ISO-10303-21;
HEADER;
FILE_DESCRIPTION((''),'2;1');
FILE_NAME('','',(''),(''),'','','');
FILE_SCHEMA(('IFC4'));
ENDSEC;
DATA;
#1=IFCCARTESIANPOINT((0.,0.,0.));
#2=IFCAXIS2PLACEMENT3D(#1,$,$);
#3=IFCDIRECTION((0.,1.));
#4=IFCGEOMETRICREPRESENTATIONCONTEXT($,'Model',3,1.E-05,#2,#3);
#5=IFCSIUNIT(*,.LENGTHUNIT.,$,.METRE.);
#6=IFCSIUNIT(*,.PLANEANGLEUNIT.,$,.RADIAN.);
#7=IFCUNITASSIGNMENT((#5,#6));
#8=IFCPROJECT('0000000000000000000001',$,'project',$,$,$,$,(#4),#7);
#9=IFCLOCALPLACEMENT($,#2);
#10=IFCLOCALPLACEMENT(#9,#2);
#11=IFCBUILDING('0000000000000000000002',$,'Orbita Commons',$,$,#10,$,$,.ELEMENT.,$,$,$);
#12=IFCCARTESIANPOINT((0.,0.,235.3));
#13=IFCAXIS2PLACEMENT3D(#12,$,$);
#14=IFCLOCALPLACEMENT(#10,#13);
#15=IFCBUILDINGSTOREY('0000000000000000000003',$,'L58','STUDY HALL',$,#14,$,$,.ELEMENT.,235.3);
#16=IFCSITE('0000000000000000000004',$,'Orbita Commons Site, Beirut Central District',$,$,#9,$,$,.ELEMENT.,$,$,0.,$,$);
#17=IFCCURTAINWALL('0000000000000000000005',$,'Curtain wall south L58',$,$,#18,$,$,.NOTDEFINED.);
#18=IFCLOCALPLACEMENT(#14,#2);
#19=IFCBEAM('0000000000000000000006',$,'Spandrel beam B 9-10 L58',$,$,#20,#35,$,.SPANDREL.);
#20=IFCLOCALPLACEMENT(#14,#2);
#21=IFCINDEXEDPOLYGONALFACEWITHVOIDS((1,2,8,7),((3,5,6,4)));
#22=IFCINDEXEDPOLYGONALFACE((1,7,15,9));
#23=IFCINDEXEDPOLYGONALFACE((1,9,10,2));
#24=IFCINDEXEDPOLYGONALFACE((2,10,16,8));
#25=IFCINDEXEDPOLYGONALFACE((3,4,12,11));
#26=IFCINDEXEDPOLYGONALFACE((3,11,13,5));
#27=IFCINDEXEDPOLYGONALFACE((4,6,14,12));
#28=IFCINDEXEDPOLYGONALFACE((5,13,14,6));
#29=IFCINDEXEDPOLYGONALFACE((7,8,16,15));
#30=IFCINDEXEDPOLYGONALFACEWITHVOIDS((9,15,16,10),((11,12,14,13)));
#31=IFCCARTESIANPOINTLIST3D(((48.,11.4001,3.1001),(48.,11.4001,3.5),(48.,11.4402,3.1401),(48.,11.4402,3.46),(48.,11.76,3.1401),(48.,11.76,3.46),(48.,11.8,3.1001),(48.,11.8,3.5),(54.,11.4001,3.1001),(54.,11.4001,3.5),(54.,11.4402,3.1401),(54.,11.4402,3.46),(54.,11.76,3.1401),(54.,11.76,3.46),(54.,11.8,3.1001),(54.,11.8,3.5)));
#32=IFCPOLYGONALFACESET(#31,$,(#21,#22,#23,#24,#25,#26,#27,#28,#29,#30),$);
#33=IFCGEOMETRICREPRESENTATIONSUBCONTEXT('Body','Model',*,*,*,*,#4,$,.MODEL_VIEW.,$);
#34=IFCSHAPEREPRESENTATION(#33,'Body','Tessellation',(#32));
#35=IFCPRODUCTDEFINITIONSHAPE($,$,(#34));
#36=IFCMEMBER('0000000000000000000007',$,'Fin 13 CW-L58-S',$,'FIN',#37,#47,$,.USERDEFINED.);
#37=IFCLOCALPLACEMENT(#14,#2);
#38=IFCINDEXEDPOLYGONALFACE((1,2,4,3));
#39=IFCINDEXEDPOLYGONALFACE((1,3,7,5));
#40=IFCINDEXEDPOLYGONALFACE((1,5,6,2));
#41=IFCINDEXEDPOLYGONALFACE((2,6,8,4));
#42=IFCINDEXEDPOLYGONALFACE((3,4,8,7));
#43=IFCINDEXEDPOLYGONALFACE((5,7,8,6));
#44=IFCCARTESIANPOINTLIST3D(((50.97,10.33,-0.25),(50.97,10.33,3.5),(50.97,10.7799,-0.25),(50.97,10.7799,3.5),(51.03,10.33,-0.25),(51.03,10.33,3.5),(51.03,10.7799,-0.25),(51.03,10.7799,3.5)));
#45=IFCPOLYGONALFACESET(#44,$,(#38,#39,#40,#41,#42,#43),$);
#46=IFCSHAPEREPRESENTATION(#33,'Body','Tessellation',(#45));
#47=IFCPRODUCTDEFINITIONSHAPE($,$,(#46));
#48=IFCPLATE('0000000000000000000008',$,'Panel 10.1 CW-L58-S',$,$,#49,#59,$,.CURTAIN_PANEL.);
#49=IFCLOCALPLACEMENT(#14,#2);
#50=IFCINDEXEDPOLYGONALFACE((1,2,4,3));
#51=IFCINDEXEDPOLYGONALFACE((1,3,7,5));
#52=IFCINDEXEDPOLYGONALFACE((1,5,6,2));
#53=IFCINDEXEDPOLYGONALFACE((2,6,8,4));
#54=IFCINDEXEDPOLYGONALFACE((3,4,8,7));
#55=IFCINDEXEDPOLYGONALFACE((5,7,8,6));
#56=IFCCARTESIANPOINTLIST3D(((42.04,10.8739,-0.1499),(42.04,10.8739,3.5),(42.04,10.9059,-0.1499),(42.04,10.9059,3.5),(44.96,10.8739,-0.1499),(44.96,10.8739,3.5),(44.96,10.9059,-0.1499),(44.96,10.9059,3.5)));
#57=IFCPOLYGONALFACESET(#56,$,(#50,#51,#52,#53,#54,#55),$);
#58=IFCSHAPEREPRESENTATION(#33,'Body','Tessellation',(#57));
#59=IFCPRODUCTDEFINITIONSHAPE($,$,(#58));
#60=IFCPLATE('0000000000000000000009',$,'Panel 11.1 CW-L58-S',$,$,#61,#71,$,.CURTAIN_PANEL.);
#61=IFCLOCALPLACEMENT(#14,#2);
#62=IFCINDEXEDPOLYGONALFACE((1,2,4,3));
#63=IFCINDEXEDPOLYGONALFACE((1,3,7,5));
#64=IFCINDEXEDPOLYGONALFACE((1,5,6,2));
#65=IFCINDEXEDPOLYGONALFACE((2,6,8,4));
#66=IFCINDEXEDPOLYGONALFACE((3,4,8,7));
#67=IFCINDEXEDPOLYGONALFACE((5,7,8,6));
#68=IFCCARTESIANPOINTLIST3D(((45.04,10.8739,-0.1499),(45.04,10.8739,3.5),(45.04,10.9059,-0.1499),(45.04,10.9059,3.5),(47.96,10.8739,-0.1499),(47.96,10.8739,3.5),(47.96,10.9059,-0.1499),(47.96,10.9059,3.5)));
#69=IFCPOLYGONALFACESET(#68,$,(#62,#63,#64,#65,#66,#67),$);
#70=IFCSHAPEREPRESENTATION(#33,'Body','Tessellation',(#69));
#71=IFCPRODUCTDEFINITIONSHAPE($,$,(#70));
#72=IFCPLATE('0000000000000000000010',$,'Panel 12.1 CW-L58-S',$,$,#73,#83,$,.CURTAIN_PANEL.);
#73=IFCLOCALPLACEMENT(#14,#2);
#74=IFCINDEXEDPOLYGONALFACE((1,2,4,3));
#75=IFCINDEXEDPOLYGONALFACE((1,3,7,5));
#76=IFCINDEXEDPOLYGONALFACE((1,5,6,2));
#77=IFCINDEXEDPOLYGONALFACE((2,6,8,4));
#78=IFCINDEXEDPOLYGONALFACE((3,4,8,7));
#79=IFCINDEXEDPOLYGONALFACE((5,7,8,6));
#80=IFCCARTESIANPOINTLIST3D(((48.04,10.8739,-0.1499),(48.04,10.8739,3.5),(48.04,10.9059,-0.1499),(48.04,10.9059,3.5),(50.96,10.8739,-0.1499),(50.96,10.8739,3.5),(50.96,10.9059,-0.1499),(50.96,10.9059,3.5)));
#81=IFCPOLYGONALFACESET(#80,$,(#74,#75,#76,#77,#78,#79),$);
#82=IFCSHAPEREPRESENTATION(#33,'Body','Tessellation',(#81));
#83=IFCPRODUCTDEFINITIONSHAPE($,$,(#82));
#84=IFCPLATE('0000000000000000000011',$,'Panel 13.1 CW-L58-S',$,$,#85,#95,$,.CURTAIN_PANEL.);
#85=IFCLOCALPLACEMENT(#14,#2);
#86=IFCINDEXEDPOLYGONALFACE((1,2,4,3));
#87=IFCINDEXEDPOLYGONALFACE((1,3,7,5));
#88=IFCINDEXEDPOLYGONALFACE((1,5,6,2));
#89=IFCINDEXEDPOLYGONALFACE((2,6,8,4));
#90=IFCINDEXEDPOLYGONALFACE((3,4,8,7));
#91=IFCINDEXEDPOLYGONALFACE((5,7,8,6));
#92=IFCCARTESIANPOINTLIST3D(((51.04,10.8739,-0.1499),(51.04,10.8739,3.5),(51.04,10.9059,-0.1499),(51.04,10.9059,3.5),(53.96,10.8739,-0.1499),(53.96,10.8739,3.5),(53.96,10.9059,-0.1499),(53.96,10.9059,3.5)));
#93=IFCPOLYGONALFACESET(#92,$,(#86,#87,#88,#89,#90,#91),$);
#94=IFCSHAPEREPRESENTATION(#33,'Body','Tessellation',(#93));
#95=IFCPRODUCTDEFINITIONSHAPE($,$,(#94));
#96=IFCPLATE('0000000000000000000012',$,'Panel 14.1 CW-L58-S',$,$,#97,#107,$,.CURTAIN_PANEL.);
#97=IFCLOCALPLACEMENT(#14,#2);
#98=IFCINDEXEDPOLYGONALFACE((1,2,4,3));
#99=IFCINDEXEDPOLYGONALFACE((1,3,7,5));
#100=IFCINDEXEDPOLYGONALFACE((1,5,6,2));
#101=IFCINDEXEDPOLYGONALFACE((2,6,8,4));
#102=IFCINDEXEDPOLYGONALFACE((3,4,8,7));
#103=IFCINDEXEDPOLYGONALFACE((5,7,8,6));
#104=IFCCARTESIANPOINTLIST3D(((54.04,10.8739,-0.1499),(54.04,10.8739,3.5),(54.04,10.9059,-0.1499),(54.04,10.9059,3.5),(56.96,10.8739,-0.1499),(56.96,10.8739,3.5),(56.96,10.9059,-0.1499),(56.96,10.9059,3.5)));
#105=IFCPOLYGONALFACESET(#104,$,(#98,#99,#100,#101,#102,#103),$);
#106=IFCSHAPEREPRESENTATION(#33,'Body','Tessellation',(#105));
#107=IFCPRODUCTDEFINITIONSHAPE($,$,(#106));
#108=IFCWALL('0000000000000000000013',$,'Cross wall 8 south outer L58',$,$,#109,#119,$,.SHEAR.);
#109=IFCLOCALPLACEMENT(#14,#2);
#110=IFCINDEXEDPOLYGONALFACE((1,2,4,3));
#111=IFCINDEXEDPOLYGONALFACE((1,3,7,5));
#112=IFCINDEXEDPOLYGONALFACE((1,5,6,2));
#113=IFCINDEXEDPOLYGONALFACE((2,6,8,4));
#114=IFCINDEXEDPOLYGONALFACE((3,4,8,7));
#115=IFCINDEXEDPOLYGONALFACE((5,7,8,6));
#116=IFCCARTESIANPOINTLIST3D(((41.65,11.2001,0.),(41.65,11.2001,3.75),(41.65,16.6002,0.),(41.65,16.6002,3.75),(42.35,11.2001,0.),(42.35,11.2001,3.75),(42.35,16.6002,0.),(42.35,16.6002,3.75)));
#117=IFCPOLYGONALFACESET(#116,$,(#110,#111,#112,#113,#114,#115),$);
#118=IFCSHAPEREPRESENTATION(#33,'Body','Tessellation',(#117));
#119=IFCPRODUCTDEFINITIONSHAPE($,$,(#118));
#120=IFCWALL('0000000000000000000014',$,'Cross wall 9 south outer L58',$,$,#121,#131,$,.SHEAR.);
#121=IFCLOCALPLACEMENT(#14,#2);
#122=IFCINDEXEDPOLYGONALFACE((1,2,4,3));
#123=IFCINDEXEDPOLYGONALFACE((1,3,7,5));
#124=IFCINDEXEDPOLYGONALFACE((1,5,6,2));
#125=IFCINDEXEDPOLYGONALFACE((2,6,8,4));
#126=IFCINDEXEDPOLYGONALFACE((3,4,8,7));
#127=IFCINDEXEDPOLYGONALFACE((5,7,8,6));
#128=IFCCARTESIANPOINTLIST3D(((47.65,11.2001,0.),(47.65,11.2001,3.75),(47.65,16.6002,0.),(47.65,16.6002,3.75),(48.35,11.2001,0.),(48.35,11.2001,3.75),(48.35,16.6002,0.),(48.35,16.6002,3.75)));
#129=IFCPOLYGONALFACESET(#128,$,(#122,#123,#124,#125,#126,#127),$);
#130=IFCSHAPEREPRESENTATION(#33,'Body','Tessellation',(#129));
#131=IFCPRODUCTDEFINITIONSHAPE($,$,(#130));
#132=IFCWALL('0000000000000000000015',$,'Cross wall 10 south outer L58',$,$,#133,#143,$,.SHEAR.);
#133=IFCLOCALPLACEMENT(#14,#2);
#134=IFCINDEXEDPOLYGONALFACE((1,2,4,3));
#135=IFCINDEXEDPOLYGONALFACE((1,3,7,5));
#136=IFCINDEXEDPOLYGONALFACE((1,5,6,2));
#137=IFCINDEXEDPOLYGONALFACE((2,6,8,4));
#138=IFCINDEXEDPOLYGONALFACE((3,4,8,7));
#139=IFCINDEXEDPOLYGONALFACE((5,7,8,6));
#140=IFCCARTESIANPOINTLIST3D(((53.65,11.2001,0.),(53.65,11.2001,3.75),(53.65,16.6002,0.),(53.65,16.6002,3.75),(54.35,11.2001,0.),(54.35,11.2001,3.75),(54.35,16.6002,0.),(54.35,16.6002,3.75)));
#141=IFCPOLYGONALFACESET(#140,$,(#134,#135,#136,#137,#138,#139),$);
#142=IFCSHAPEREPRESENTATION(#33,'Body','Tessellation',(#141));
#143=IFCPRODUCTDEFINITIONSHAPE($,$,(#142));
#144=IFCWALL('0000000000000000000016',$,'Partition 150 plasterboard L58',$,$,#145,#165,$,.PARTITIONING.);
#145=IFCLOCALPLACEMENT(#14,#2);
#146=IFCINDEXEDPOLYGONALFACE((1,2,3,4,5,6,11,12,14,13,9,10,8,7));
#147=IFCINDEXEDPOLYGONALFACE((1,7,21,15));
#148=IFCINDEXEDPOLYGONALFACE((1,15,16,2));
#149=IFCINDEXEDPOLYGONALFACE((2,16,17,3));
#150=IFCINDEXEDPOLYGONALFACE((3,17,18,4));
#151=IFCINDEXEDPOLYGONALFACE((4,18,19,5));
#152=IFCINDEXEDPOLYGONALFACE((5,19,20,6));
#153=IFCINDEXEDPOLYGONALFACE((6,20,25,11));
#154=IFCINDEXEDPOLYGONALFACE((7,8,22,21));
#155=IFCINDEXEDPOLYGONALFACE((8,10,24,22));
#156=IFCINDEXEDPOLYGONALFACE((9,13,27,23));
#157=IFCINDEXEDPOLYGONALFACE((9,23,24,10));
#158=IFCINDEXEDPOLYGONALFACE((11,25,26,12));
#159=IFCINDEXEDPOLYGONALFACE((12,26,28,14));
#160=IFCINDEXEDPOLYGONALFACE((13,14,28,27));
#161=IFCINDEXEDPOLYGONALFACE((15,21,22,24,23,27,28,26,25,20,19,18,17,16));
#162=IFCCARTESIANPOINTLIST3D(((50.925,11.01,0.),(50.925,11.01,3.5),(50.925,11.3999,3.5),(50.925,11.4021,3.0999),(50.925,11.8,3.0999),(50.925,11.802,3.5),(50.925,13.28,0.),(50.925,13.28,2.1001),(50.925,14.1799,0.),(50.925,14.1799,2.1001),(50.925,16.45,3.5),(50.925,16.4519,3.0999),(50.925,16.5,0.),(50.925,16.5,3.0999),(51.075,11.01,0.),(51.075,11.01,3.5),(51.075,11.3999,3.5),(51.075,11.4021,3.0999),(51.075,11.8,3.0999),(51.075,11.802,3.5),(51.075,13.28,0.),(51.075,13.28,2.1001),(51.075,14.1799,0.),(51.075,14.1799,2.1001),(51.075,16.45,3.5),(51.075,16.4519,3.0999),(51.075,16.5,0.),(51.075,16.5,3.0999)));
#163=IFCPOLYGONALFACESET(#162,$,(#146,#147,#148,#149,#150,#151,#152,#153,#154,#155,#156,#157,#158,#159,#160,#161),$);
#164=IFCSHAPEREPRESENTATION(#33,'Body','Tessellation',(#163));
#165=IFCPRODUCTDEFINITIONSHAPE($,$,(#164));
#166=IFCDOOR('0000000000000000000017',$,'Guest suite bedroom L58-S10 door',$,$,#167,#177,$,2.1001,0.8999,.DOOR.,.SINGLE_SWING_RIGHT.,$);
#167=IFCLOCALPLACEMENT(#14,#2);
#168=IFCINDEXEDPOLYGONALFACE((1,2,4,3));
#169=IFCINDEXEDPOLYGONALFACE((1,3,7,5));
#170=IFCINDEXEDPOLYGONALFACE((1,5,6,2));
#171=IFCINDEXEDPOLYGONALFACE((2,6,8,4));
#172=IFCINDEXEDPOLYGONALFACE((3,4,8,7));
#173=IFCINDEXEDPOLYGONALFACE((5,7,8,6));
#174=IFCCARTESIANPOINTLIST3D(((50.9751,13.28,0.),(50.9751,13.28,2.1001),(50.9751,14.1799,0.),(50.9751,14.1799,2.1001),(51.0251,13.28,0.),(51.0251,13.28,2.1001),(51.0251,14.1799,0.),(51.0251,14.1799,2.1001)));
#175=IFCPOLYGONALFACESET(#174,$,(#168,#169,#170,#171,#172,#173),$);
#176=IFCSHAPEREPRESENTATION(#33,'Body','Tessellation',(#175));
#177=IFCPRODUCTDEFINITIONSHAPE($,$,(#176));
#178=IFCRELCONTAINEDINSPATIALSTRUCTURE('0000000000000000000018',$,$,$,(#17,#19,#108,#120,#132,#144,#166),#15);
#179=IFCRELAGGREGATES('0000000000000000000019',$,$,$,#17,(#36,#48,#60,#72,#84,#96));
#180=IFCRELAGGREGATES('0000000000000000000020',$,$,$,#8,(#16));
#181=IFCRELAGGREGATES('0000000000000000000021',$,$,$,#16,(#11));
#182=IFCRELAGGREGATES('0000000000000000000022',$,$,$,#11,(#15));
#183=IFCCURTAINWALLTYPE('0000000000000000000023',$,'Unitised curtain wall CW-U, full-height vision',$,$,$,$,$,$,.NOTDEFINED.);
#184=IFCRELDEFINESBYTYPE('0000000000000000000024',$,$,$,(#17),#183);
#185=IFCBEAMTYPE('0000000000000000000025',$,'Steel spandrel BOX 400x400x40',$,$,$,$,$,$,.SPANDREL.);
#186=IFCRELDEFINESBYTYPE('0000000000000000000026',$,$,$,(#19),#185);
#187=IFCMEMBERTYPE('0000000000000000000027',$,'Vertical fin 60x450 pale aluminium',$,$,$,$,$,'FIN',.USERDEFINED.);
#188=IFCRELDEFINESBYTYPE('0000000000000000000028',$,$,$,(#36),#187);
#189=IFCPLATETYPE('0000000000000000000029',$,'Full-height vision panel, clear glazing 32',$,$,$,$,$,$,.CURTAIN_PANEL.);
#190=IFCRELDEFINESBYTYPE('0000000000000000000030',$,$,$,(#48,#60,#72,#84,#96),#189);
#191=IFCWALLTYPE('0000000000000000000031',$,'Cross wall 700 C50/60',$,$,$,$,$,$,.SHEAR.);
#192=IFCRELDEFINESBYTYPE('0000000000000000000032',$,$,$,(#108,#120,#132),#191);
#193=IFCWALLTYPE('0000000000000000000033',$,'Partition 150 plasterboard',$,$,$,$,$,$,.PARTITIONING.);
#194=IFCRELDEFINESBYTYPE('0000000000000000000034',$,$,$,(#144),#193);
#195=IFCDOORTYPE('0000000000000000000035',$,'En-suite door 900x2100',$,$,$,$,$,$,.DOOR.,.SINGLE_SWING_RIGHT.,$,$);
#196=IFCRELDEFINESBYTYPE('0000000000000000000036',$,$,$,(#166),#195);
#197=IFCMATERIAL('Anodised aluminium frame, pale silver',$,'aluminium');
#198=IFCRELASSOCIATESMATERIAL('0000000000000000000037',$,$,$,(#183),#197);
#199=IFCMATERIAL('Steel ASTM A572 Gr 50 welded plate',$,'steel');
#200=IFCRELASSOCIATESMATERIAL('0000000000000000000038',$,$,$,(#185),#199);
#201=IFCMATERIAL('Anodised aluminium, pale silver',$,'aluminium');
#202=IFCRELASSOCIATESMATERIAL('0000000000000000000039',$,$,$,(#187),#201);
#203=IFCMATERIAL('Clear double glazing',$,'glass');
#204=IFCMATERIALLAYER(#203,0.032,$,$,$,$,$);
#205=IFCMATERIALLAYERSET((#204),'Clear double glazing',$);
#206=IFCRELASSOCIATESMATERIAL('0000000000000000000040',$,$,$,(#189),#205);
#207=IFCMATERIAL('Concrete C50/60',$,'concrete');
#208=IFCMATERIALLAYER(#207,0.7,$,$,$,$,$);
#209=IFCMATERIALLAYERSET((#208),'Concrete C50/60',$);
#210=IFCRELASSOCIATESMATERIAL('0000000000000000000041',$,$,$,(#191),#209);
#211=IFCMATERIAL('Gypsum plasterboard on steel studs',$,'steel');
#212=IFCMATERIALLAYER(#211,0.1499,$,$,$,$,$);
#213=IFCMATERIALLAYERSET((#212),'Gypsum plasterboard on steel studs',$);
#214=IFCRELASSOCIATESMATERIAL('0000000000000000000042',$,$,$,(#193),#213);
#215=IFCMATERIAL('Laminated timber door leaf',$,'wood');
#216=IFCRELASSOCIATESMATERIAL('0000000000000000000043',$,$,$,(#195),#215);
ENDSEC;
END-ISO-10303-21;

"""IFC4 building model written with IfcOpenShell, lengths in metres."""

from ifc_helpers import new_model, si_unit, direction, frame, frame_2d, origin, origin_2d, place, context, subcontext, project, spatial, polyline, rectangle, hollow_rectangle, outline, extrude, material, layer, layer_set, material_profile, profile_set, type_object, element, fill, aggregate, save


model = new_model("IFC4")

# Units and contexts
model_context = context("Model", 3, precision=1e-05, world=origin(), true_north=direction((0.0, 1.0)))
body_context = subcontext(model_context, "Body", "Model", "MODEL_VIEW")
ifc_project = project(units=[si_unit("LENGTHUNIT", "METRE"), si_unit("PLANEANGLEUNIT", "RADIAN")], contexts=[model_context])

# Site, building, storey
site_placement = place(None, origin())
site = spatial("IfcSite", under=ifc_project, at=site_placement, Name="Orbita Commons Site, Beirut Central District", CompositionType="ELEMENT", RefElevation=0.0)
building_placement = place(site_placement, origin())
building = spatial("IfcBuilding", under=site, at=building_placement, Name="Orbita Commons", CompositionType="ELEMENT")
storey_placement = place(building_placement, frame((0.0, 0.0, 235.3)))
storey = spatial("IfcBuildingStorey", under=building, at=storey_placement, Name="L58", Description="STUDY HALL", CompositionType="ELEMENT", Elevation=235.3)

# Curtain wall
ifc_material_1 = material(Name="Anodised aluminium frame, pale silver", Category="aluminium")
curtain_wall_type = type_object("IfcCurtainWallType", Name="Unitised curtain wall CW-U, full-height vision", PredefinedType="NOTDEFINED", material=ifc_material_1)
curtain_wall_placement = place(storey_placement, origin())
curtain_wall = element("IfcCurtainWall", 1, at=curtain_wall_placement, inside=storey, type_object=curtain_wall_type, Name="Curtain wall south L58", PredefinedType="NOTDEFINED")

# Beam
ifc_material_2 = material(Name="Steel ASTM A572 Gr 50 welded plate", Category="steel")
ifc_material_profile_1 = material_profile(ifc_material_2, hollow_rectangle(XDim=0.3999, YDim=0.3999, WallThickness=0.04, at=origin_2d()), Name="BOX 400x400x40")
ifc_profile_set_1 = profile_set([ifc_material_profile_1], Name="Steel ASTM A572 Gr 50 welded plate")
beam_type = type_object("IfcBeamType", Name="Steel spandrel BOX 400x400x40", PredefinedType="SPANDREL", material=ifc_profile_set_1)
for number, where, z_axis, x_axis, name in (
    (2, (48.0, 11.6001, 3.3), (1.0, 0.0, 0.0), (0.0, 1.0, 0.0), "Spandrel beam B 9-10 L58"),
):
    element("IfcBeam", number, at=place(storey_placement, frame(where, z_axis=z_axis, x_axis=x_axis)), inside=storey, type_object=beam_type, Name=name, PredefinedType="SPANDREL", context=body_context, shape_type="SweptSolid", body=[
        extrude(hollow_rectangle(XDim=0.3999, YDim=0.3999, WallThickness=0.04, at=origin_2d()), origin(), (0.0, 0.0, 1.0), 6.0),
    ])

# Member
ifc_material_3 = material(Name="Anodised aluminium, pale silver", Category="aluminium")
ifc_material_profile_2 = material_profile(ifc_material_3, rectangle(XDim=0.0601, YDim=0.45, at=origin_2d()), Name="FIN 60x450")
ifc_profile_set_2 = profile_set([ifc_material_profile_2], Name="Anodised aluminium, pale silver")
member_type_1 = type_object("IfcMemberType", Name="Vertical fin 60x450 pale aluminium", ElementType="FIN", PredefinedType="USERDEFINED", material=ifc_profile_set_2)
member_1_placement = place(storey_placement, frame((51.0, 10.5549, -0.25), z_axis=(0.0, 0.0, 1.0), x_axis=(1.0, 0.0, 0.0)))
member_1 = element("IfcMember", 3, at=member_1_placement, type_object=member_type_1, Name="Fin 13 CW-L58-S", ObjectType="FIN", PredefinedType="USERDEFINED", context=body_context, shape_type="SweptSolid", body=[
    extrude(rectangle(XDim=0.0601, YDim=0.45, at=origin_2d()), origin(), (0.0, 0.0, 1.0), 3.75),
])

# Plates
ifc_material_4 = material(Name="Clear double glazing", Category="glass")
ifc_layer_1 = layer(ifc_material_4, 0.032)
ifc_layer_set_1 = layer_set([ifc_layer_1], Name="Clear double glazing")
plate_type = type_object("IfcPlateType", Name="Full-height vision panel, clear glazing 32", PredefinedType="CURTAIN_PANEL", material=ifc_layer_set_1)
plate_1_placement = place(storey_placement, frame((43.5, 10.8899, -0.1499), z_axis=(0.0, 0.0, 1.0), x_axis=(1.0, 0.0, 0.0)))
plate_1 = element("IfcPlate", 4, at=plate_1_placement, type_object=plate_type, Name="Panel 10.1 CW-L58-S", PredefinedType="CURTAIN_PANEL", context=body_context, shape_type="SweptSolid", body=[
    extrude(rectangle(XDim=2.9199, YDim=0.032, at=origin_2d()), origin(), (0.0, 0.0, 1.0), 3.6499),
])
plate_2_placement = place(storey_placement, frame((46.5, 10.8899, -0.1499), z_axis=(0.0, 0.0, 1.0), x_axis=(1.0, 0.0, 0.0)))
plate_2 = element("IfcPlate", 5, at=plate_2_placement, type_object=plate_type, Name="Panel 11.1 CW-L58-S", PredefinedType="CURTAIN_PANEL", context=body_context, shape_type="SweptSolid", body=[
    extrude(rectangle(XDim=2.9199, YDim=0.032, at=origin_2d()), origin(), (0.0, 0.0, 1.0), 3.6499),
])
plate_3_placement = place(storey_placement, frame((49.5, 10.8899, -0.1499), z_axis=(0.0, 0.0, 1.0), x_axis=(1.0, 0.0, 0.0)))
plate_3 = element("IfcPlate", 6, at=plate_3_placement, type_object=plate_type, Name="Panel 12.1 CW-L58-S", PredefinedType="CURTAIN_PANEL", context=body_context, shape_type="SweptSolid", body=[
    extrude(rectangle(XDim=2.9199, YDim=0.032, at=origin_2d()), origin(), (0.0, 0.0, 1.0), 3.6499),
])
plate_4_placement = place(storey_placement, frame((52.5, 10.8899, -0.1499), z_axis=(0.0, 0.0, 1.0), x_axis=(1.0, 0.0, 0.0)))
plate_4 = element("IfcPlate", 7, at=plate_4_placement, type_object=plate_type, Name="Panel 13.1 CW-L58-S", PredefinedType="CURTAIN_PANEL", context=body_context, shape_type="SweptSolid", body=[
    extrude(rectangle(XDim=2.9199, YDim=0.032, at=origin_2d()), origin(), (0.0, 0.0, 1.0), 3.6499),
])
plate_5_placement = place(storey_placement, frame((55.5, 10.8899, -0.1499), z_axis=(0.0, 0.0, 1.0), x_axis=(1.0, 0.0, 0.0)))
plate_5 = element("IfcPlate", 8, at=plate_5_placement, type_object=plate_type, Name="Panel 14.1 CW-L58-S", PredefinedType="CURTAIN_PANEL", context=body_context, shape_type="SweptSolid", body=[
    extrude(rectangle(XDim=2.9199, YDim=0.032, at=origin_2d()), origin(), (0.0, 0.0, 1.0), 3.6499),
])
aggregate(curtain_wall, [member_1, plate_1, plate_2, plate_3, plate_4, plate_5])

# Walls
ifc_material_5 = material(Name="Concrete C50/60", Category="concrete")
ifc_layer_2 = layer(ifc_material_5, 0.7)
ifc_layer_set_2 = layer_set([ifc_layer_2], Name="Concrete C50/60")
wall_type_1 = type_object("IfcWallType", Name="Cross wall 700 C50/60", PredefinedType="SHEAR", material=ifc_layer_set_2)
for number, where, z_axis, x_axis, name in (
    (9, (42.0, 11.2, 0.0), (0.0, 0.0, 1.0), (0.0, 1.0, 0.0), "Cross wall 8 south outer L58"),
    (10, (48.0, 11.2, 0.0), (0.0, 0.0, 1.0), (0.0, 1.0, 0.0), "Cross wall 9 south outer L58"),
    (11, (54.0, 11.2, 0.0), (0.0, 0.0, 1.0), (0.0, 1.0, 0.0), "Cross wall 10 south outer L58"),
):
    element("IfcWall", number, at=place(storey_placement, frame(where, z_axis=z_axis, x_axis=x_axis)), inside=storey, type_object=wall_type_1, Name=name, PredefinedType="SHEAR", context=body_context, shape_type="SweptSolid", body=[
        extrude(rectangle(XDim=5.4001, YDim=0.7, at=frame_2d((2.7002, 0.0))), origin(), (0.0, 0.0, 1.0), 3.75),
    ])

# Wall, opening, door
ifc_material_6 = material(Name="Gypsum plasterboard on steel studs", Category="steel")
ifc_layer_3 = layer(ifc_material_6, 0.1499)
ifc_layer_set_3 = layer_set([ifc_layer_3], Name="Gypsum plasterboard on steel studs")
wall_type_2 = type_object("IfcWallType", Name="Partition 150 plasterboard", PredefinedType="PARTITIONING", material=ifc_layer_set_3)
wall_placement = place(storey_placement, frame((51.0, 11.01, 0.0), z_axis=(0.0, 0.0, 1.0), x_axis=(0.0, 1.0, 0.0)))
wall = element("IfcWall", 12, at=wall_placement, inside=storey, type_object=wall_type_2, Name="Partition 150 plasterboard L58", PredefinedType="PARTITIONING", context=body_context, shape_type="SweptSolid", body=[
    extrude(outline(polyline([(0.0, 0.0), (5.49, 0.0), (5.49, 3.0999), (5.4419, 3.0999), (5.4399, 3.5), (0.792, 3.5), (0.79, 3.0999), (0.3921, 3.0999), (0.3899, 3.5), (0.0, 3.5), (0.0, 0.0)])), frame((0.0, 0.075, 0.0), z_axis=(0.0, -1.0, 0.0), x_axis=(1.0, 0.0, 0.0)), (0.0, 0.0, 1.0), 0.1499),
])
opening_placement = place(wall_placement, frame((2.27, 0.0, 0.0)))
opening = element("IfcOpeningElement", 13, at=opening_placement, cuts=wall, PredefinedType="OPENING", context=body_context, shape_type="SweptSolid", body=[
    extrude(rectangle(XDim=0.8999, YDim=2.1001, at=frame_2d((0.45, 1.05))), frame((0.0, 0.085, 0.0), z_axis=(0.0, -1.0, 0.0), x_axis=(1.0, 0.0, 0.0)), (0.0, 0.0, 1.0), 0.1699),
])
ifc_material_7 = material(Name="Laminated timber door leaf", Category="wood")
door_type = type_object("IfcDoorType", Name="En-suite door 900x2100", OperationType="SINGLE_SWING_RIGHT", PredefinedType="DOOR", material=ifc_material_7)
door_placement = place(opening_placement, origin())
door = element("IfcDoor", 14, at=door_placement, inside=storey, type_object=door_type, Name="Guest suite bedroom L58-S10 door", OperationType="SINGLE_SWING_RIGHT", OverallHeight=2.1001, OverallWidth=0.8999, PredefinedType="DOOR", context=body_context, shape_type="SweptSolid", body=[
    extrude(rectangle(XDim=0.8999, YDim=2.1001, at=frame_2d((0.45, 1.05))), frame((0.0, 0.0249, 0.0), z_axis=(0.0, -1.0, 0.0), x_axis=(1.0, 0.0, 0.0)), (0.0, 0.0, 1.0), 0.05),
])
fill(opening, door)

save(model, "model.ifc")
